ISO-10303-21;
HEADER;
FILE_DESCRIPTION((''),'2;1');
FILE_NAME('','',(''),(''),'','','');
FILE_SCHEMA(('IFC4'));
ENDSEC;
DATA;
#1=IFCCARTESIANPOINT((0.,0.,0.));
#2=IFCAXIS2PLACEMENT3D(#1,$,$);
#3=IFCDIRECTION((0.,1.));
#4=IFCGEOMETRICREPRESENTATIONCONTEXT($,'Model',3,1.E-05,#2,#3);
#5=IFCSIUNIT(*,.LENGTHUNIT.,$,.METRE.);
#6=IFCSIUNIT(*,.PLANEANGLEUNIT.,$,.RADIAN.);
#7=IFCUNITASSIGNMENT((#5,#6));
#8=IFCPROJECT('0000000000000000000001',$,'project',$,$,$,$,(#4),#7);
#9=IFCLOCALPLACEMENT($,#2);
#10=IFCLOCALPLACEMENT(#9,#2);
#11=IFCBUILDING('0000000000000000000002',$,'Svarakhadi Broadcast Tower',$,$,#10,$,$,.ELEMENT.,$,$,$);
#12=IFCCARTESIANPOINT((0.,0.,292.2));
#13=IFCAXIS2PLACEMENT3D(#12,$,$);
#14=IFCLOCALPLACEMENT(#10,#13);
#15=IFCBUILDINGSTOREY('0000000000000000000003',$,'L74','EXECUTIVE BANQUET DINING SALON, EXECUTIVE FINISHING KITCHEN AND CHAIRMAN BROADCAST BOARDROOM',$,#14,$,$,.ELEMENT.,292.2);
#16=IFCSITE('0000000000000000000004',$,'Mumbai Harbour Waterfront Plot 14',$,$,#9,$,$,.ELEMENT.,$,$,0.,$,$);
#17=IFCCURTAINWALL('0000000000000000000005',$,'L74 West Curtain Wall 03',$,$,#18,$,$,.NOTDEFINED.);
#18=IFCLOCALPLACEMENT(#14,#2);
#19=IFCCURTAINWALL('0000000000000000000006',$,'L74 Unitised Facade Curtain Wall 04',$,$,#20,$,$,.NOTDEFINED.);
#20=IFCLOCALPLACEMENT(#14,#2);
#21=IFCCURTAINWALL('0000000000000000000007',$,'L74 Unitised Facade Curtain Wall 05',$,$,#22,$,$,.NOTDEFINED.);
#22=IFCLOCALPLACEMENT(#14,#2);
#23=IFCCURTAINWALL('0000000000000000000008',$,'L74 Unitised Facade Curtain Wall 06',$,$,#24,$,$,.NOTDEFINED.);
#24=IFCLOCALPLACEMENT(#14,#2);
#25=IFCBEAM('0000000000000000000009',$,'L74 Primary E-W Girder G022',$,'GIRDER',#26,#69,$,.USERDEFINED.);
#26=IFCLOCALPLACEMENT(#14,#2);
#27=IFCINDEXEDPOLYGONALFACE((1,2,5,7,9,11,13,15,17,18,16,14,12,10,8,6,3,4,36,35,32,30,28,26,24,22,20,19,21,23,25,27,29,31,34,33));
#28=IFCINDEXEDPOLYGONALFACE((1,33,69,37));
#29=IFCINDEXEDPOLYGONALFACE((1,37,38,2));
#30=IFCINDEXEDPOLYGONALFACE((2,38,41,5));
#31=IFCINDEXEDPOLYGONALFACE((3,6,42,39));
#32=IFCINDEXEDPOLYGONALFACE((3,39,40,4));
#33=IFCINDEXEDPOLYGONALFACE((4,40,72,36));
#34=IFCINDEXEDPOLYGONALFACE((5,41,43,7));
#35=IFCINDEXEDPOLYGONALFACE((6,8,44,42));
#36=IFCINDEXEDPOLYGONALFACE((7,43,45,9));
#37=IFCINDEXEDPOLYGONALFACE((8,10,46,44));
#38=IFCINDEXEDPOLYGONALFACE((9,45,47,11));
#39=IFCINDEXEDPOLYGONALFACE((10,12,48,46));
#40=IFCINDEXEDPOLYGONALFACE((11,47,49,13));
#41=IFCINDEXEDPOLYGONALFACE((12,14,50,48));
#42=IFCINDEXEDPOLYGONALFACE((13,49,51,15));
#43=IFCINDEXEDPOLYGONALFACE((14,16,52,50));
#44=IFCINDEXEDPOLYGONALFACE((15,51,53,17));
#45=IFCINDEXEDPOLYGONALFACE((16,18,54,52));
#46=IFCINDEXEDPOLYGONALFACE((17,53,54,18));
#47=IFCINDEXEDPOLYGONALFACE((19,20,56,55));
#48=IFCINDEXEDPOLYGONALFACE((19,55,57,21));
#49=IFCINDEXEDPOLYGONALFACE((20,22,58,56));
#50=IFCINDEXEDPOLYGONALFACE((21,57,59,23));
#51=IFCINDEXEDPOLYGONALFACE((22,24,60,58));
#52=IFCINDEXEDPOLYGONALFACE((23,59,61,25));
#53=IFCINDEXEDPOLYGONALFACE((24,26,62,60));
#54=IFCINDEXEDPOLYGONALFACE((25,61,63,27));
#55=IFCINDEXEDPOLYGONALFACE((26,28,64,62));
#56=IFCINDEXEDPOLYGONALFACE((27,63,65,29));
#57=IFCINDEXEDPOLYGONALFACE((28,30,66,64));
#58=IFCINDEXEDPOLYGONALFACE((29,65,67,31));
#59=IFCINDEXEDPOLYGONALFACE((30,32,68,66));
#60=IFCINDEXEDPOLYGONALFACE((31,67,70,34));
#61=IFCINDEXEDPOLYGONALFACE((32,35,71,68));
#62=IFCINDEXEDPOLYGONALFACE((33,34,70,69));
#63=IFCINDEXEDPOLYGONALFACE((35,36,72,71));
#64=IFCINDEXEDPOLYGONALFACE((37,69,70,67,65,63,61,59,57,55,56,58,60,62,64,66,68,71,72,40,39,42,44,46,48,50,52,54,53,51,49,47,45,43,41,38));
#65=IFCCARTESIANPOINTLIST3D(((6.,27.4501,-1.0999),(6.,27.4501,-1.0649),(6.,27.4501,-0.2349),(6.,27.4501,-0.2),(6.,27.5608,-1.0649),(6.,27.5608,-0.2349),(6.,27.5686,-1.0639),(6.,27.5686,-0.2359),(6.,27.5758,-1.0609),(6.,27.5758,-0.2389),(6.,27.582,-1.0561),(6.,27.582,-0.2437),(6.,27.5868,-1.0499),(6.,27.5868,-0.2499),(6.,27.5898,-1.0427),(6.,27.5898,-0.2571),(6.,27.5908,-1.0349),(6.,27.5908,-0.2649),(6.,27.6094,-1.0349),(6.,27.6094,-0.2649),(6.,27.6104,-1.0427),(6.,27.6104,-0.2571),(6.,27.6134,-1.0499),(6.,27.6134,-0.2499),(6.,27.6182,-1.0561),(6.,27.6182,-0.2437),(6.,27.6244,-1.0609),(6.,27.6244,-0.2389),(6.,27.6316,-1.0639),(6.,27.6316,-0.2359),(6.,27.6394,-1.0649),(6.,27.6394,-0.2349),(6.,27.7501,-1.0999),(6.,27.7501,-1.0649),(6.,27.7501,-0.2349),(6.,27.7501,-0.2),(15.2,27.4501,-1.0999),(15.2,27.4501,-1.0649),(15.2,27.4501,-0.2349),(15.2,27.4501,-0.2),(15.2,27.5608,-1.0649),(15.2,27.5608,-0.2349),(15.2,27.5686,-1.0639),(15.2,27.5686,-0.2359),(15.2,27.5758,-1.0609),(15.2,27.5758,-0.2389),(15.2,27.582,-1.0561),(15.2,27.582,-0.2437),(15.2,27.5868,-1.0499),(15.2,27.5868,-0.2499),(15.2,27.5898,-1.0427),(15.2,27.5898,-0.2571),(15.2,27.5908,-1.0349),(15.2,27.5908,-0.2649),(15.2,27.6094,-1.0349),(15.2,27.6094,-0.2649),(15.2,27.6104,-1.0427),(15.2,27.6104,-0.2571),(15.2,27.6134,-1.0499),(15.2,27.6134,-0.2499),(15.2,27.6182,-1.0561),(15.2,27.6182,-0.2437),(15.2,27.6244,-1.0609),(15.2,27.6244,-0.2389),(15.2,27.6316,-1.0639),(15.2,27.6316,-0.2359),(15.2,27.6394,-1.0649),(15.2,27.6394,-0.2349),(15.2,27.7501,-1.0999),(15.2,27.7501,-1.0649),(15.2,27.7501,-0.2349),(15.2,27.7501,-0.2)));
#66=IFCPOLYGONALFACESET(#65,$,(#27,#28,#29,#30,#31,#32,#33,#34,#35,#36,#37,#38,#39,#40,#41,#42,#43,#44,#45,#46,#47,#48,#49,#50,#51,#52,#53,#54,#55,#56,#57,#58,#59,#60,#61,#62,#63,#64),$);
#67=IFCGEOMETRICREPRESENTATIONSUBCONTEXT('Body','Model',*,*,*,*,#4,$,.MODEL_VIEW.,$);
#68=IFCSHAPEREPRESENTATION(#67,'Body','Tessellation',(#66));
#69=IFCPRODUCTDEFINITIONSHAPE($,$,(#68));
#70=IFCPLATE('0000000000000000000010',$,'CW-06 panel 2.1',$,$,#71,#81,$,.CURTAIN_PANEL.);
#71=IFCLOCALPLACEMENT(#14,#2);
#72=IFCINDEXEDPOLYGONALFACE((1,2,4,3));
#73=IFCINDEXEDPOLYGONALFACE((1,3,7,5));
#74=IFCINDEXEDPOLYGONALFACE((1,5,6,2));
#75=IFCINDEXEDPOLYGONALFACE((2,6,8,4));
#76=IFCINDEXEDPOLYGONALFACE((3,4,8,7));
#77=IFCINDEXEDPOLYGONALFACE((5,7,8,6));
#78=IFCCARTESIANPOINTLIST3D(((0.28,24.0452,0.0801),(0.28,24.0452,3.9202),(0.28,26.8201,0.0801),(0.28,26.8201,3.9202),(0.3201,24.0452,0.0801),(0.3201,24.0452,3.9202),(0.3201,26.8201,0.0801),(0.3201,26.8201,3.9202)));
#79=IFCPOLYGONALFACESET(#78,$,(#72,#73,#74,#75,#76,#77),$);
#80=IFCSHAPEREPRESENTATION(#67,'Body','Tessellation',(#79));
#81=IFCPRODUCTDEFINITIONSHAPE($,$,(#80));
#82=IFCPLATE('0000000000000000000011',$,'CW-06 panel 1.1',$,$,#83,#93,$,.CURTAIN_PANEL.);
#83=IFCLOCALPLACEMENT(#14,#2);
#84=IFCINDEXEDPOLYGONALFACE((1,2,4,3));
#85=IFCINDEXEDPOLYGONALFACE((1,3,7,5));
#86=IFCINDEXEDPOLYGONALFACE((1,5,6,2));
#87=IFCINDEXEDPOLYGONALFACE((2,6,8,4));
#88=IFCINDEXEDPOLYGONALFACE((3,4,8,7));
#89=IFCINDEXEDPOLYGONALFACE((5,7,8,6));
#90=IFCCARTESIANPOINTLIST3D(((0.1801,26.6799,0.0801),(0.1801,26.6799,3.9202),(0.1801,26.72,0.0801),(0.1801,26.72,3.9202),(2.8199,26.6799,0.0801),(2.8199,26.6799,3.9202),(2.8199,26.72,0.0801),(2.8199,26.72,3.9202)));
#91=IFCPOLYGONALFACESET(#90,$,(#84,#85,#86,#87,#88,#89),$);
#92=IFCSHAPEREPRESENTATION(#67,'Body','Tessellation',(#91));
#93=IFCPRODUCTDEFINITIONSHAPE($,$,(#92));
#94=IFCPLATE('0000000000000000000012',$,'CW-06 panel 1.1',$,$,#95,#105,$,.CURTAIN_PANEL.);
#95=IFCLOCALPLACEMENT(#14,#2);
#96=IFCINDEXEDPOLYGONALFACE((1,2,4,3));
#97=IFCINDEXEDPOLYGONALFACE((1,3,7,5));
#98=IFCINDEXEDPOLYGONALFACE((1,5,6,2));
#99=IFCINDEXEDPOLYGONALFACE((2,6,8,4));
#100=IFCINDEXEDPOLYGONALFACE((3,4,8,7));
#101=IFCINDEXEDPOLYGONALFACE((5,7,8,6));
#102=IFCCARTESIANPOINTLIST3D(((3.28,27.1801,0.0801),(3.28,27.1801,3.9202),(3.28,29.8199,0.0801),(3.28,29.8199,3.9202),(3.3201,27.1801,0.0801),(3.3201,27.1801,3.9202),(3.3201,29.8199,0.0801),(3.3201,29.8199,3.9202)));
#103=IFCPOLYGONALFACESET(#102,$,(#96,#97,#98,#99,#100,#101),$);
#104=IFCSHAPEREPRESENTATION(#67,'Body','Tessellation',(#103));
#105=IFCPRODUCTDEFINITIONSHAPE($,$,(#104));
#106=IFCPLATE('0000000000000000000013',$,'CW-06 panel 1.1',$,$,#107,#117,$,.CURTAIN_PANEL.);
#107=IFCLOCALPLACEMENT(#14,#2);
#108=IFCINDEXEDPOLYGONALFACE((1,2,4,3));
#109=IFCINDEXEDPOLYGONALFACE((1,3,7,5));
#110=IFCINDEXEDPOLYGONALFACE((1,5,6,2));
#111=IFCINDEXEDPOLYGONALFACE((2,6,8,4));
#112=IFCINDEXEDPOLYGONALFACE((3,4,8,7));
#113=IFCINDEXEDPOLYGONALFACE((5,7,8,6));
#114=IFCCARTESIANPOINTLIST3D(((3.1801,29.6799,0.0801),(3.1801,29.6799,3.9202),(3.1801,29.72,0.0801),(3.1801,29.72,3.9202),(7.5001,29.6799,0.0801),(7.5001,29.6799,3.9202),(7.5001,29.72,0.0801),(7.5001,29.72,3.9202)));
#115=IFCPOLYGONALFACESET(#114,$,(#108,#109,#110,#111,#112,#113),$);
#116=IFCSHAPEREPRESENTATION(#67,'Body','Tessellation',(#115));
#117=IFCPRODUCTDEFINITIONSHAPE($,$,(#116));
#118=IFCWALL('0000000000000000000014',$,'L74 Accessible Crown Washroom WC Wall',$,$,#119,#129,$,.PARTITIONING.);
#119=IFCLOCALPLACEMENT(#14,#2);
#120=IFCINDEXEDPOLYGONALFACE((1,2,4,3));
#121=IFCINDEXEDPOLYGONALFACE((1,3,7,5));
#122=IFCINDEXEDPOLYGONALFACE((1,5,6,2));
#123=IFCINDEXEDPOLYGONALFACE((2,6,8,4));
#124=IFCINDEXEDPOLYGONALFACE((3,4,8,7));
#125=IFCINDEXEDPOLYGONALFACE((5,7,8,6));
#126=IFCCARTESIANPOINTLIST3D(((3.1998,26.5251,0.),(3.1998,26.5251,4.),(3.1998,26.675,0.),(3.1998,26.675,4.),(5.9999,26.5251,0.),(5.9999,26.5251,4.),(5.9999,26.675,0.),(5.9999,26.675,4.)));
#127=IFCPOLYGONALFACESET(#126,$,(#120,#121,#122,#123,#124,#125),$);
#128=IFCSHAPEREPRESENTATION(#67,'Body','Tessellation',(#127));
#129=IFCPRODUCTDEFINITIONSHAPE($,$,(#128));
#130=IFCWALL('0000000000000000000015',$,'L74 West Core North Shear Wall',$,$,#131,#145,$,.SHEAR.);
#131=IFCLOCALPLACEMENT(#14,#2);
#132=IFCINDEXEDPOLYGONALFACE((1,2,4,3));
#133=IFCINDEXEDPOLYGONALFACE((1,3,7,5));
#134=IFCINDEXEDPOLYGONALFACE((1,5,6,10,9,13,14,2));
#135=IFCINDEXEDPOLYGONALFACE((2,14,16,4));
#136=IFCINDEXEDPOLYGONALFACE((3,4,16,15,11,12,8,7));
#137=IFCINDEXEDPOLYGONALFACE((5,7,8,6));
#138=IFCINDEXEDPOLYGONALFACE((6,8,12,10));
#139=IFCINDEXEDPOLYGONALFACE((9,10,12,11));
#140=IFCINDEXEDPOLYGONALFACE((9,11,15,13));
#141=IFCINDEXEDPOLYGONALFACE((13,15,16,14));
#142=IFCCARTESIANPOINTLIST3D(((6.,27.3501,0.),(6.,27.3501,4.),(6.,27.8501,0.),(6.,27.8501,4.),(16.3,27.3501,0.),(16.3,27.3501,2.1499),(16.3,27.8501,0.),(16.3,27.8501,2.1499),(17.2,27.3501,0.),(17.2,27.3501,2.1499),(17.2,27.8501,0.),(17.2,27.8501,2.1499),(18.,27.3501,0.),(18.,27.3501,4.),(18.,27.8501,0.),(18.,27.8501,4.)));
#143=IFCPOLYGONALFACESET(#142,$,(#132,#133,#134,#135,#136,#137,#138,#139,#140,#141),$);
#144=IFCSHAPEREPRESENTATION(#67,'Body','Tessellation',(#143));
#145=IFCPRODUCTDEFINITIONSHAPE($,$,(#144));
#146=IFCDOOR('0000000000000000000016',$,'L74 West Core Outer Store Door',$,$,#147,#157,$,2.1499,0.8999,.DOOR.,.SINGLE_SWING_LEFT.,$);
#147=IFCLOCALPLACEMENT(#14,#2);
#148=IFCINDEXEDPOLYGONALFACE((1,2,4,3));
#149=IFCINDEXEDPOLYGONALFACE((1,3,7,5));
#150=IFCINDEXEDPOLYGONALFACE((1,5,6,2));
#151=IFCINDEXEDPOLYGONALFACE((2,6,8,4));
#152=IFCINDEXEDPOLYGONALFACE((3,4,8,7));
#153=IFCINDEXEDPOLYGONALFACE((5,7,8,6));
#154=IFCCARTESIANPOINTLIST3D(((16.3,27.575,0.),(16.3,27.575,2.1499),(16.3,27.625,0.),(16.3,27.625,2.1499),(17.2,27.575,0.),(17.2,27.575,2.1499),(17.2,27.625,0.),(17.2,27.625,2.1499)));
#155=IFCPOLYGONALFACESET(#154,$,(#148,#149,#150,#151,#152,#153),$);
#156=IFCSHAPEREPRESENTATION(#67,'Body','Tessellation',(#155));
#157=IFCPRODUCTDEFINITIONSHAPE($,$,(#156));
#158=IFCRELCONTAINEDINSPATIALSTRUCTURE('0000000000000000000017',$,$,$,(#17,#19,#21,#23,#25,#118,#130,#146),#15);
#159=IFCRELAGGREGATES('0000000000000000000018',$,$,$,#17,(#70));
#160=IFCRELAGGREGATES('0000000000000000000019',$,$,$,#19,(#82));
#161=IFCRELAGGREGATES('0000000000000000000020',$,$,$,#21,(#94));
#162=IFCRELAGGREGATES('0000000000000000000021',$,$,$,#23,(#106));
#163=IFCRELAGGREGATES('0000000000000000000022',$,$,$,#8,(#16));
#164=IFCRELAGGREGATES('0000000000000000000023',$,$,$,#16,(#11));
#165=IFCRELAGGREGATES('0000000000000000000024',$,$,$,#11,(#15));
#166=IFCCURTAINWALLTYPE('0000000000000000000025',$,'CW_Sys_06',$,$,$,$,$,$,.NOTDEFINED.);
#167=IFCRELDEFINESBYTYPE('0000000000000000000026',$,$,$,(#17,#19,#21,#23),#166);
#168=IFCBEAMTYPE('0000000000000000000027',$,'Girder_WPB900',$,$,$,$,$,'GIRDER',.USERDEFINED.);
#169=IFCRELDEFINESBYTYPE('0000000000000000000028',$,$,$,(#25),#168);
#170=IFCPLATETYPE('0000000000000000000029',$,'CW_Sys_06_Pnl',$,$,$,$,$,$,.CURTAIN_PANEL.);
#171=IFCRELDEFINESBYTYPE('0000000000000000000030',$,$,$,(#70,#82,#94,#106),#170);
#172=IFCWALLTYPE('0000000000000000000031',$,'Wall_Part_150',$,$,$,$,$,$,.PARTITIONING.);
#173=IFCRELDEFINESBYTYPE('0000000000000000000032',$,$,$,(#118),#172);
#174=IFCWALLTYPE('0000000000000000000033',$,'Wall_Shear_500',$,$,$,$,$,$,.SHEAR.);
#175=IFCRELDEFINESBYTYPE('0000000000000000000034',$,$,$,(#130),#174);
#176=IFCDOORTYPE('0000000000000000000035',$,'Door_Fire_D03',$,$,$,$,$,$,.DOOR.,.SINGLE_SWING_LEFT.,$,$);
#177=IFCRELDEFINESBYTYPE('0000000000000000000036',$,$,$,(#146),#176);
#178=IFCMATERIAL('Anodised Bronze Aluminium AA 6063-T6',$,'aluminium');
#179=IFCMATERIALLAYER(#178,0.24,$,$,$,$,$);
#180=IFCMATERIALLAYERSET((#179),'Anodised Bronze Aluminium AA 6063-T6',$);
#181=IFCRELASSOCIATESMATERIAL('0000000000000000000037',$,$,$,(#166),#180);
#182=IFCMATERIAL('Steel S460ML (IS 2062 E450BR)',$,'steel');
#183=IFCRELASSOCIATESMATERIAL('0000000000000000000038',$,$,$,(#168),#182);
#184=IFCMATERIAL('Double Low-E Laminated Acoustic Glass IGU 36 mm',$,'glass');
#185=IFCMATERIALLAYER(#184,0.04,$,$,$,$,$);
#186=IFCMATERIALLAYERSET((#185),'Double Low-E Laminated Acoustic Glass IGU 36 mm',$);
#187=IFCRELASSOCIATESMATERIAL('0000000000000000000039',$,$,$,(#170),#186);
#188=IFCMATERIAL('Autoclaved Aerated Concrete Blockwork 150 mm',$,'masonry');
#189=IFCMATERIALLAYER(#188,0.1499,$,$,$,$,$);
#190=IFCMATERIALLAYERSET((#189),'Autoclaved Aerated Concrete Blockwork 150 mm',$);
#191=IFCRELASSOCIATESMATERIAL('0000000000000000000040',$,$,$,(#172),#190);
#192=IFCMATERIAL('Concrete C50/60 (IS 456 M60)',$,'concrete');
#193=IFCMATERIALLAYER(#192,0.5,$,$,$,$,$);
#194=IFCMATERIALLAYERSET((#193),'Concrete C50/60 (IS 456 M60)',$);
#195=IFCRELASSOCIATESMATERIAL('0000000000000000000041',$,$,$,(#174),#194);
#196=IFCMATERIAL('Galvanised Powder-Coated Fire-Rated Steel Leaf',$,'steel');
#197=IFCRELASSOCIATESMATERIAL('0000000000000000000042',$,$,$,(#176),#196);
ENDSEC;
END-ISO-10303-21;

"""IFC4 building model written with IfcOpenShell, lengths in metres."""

from ifc_helpers import new_model, si_unit, direction, frame, frame_2d, origin, origin_2d, place, context, subcontext, project, spatial, rectangle, i_section, extrude, material, layer, layer_set, material_profile, profile_set, type_object, element, fill, aggregate, save


model = new_model("IFC4")

# Units and contexts
model_context = context("Model", 3, precision=1e-05, world=origin(), true_north=direction((0.0, 1.0)))
body_context = subcontext(model_context, "Body", "Model", "MODEL_VIEW")
ifc_project = project(units=[si_unit("LENGTHUNIT", "METRE"), si_unit("PLANEANGLEUNIT", "RADIAN")], contexts=[model_context])

# Site, building, storey
site_placement = place(None, origin())
site = spatial("IfcSite", under=ifc_project, at=site_placement, Name="Mumbai Harbour Waterfront Plot 14", CompositionType="ELEMENT", RefElevation=0.0)
building_placement = place(site_placement, origin())
building = spatial("IfcBuilding", under=site, at=building_placement, Name="Svarakhadi Broadcast Tower", CompositionType="ELEMENT")
storey_placement = place(building_placement, frame((0.0, 0.0, 292.2)))
storey = spatial("IfcBuildingStorey", under=building, at=storey_placement, Name="L74", Description="EXECUTIVE BANQUET DINING SALON, EXECUTIVE FINISHING KITCHEN AND CHAIRMAN BROADCAST BOARDROOM", CompositionType="ELEMENT", Elevation=292.2)

# Shared definitions
ifc_material_1 = material(Name="Concrete C50/60 (IS 456 M60)", Category="concrete")
ifc_material_2 = material(Name="Steel S460ML (IS 2062 E450BR)", Category="steel")

# Curtain wall
ifc_material_3 = material(Name="Anodised Bronze Aluminium AA 6063-T6", Category="aluminium")
ifc_layer_1 = layer(ifc_material_3, 0.24)
ifc_layer_set_1 = layer_set([ifc_layer_1], Name="Anodised Bronze Aluminium AA 6063-T6")
curtain_wall_type = type_object("IfcCurtainWallType", Name="CW_Sys_06", PredefinedType="NOTDEFINED", material=ifc_layer_set_1)
curtain_wall_1_placement = place(storey_placement, origin())
curtain_wall_1 = element("IfcCurtainWall", 1, at=curtain_wall_1_placement, inside=storey, type_object=curtain_wall_type, Name="L74 West Curtain Wall 03", PredefinedType="NOTDEFINED")

# Curtain walls
curtain_wall_2_placement = place(storey_placement, origin())
curtain_wall_2 = element("IfcCurtainWall", 2, at=curtain_wall_2_placement, inside=storey, type_object=curtain_wall_type, Name="L74 Unitised Facade Curtain Wall 04", PredefinedType="NOTDEFINED")
curtain_wall_3_placement = place(storey_placement, origin())
curtain_wall_3 = element("IfcCurtainWall", 3, at=curtain_wall_3_placement, inside=storey, type_object=curtain_wall_type, Name="L74 Unitised Facade Curtain Wall 05", PredefinedType="NOTDEFINED")

# Curtain wall
curtain_wall_4_placement = place(storey_placement, origin())
curtain_wall_4 = element("IfcCurtainWall", 4, at=curtain_wall_4_placement, inside=storey, type_object=curtain_wall_type, Name="L74 Unitised Facade Curtain Wall 06", PredefinedType="NOTDEFINED")

# Beam
ifc_material_profile_1 = material_profile(ifc_material_2, i_section(OverallWidth=0.3, OverallDepth=0.8999, WebThickness=0.0186, FlangeThickness=0.0349, FilletRadius=0.03, at=origin_2d()), Name="WPB 900x300x291")
ifc_profile_set_1 = profile_set([ifc_material_profile_1], Name="Steel S460ML (IS 2062 E450BR)")
beam_type_1 = type_object("IfcBeamType", Name="Girder_WPB900", ElementType="GIRDER", PredefinedType="USERDEFINED", material=ifc_profile_set_1)
beam_1_placement = place(storey_placement, frame((6.0, 27.6001, -0.6499), z_axis=(1.0, 0.0, 0.0), x_axis=(0.0, 1.0, 0.0)))
element("IfcBeam", 5, at=beam_1_placement, inside=storey, type_object=beam_type_1, Name="L74 Primary E-W Girder G022", ObjectType="GIRDER", PredefinedType="USERDEFINED", context=body_context, shape_type="SweptSolid", body=[
    extrude(i_section(OverallWidth=0.3, OverallDepth=0.8999, WebThickness=0.0186, FlangeThickness=0.0349, FilletRadius=0.03, at=origin_2d()), origin(), (0.0, 0.0, 1.0), 9.2),
])

# Plates
ifc_material_4 = material(Name="Double Low-E Laminated Acoustic Glass IGU 36 mm", Category="glass")
ifc_layer_2 = layer(ifc_material_4, 0.04)
ifc_layer_set_2 = layer_set([ifc_layer_2], Name="Double Low-E Laminated Acoustic Glass IGU 36 mm")
plate_type = type_object("IfcPlateType", Name="CW_Sys_06_Pnl", PredefinedType="CURTAIN_PANEL", material=ifc_layer_set_2)
plate_1_placement = place(storey_placement, frame((0.3, 25.4326, 0.0801), z_axis=(0.0, 0.0, 1.0), x_axis=(0.0, 1.0, 0.0)))
plate_1 = element("IfcPlate", 6, at=plate_1_placement, type_object=plate_type, Name="CW-06 panel 2.1", PredefinedType="CURTAIN_PANEL", context=body_context, shape_type="SweptSolid", body=[
    extrude(rectangle(XDim=2.7749, YDim=0.04, at=origin_2d()), origin(), (0.0, 0.0, 1.0), 3.8401),
])
aggregate(curtain_wall_1, [plate_1])
plate_2_placement = place(storey_placement, frame((1.5, 26.7, 0.0801), z_axis=(0.0, 0.0, 1.0), x_axis=(1.0, 0.0, 0.0)))
plate_2 = element("IfcPlate", 7, at=plate_2_placement, type_object=plate_type, Name="CW-06 panel 1.1", PredefinedType="CURTAIN_PANEL", context=body_context, shape_type="SweptSolid", body=[
    extrude(rectangle(XDim=2.6399, YDim=0.04, at=origin_2d()), origin(), (0.0, 0.0, 1.0), 3.8401),
])
aggregate(curtain_wall_2, [plate_2])
plate_3_placement = place(storey_placement, frame((3.3, 28.5, 0.0801), z_axis=(0.0, 0.0, 1.0), x_axis=(0.0, 1.0, 0.0)))
plate_3 = element("IfcPlate", 8, at=plate_3_placement, type_object=plate_type, Name="CW-06 panel 1.1", PredefinedType="CURTAIN_PANEL", context=body_context, shape_type="SweptSolid", body=[
    extrude(rectangle(XDim=2.6399, YDim=0.04, at=origin_2d()), origin(), (0.0, 0.0, 1.0), 3.8401),
])
aggregate(curtain_wall_3, [plate_3])
plate_4_placement = place(storey_placement, frame((5.3401, 29.7, 0.0801), z_axis=(0.0, 0.0, 1.0), x_axis=(1.0, 0.0, 0.0)))
plate_4 = element("IfcPlate", 9, at=plate_4_placement, type_object=plate_type, Name="CW-06 panel 1.1", PredefinedType="CURTAIN_PANEL", context=body_context, shape_type="SweptSolid", body=[
    extrude(rectangle(XDim=4.3201, YDim=0.04, at=origin_2d()), origin(), (0.0, 0.0, 1.0), 3.8401),
])
aggregate(curtain_wall_4, [plate_4])

# Wall
ifc_material_5 = material(Name="Autoclaved Aerated Concrete Blockwork 150 mm", Category="masonry")
ifc_layer_3 = layer(ifc_material_5, 0.1499)
ifc_layer_set_3 = layer_set([ifc_layer_3], Name="Autoclaved Aerated Concrete Blockwork 150 mm")
wall_type_1 = type_object("IfcWallType", Name="Wall_Part_150", PredefinedType="PARTITIONING", material=ifc_layer_set_3)
wall_1_placement = place(storey_placement, frame((3.2, 26.6001, 0.0), z_axis=(0.0, 0.0, 1.0), x_axis=(1.0, 0.0, 0.0)))
element("IfcWall", 10, at=wall_1_placement, inside=storey, type_object=wall_type_1, Name="L74 Accessible Crown Washroom WC Wall", PredefinedType="PARTITIONING", context=body_context, shape_type="SweptSolid", body=[
    extrude(rectangle(XDim=2.8, YDim=0.1499, at=frame_2d((1.3999, 0.0))), origin(), (0.0, 0.0, 1.0), 4.0),
])

# Wall, opening, door
ifc_layer_4 = layer(ifc_material_1, 0.5)
ifc_layer_set_4 = layer_set([ifc_layer_4], Name="Concrete C50/60 (IS 456 M60)")
wall_type_2 = type_object("IfcWallType", Name="Wall_Shear_500", PredefinedType="SHEAR", material=ifc_layer_set_4)
wall_2_placement = place(storey_placement, frame((6.0, 27.6001, 0.0), z_axis=(0.0, 0.0, 1.0), x_axis=(1.0, 0.0, 0.0)))
wall_2 = element("IfcWall", 11, at=wall_2_placement, inside=storey, type_object=wall_type_2, Name="L74 West Core North Shear Wall", PredefinedType="SHEAR", context=body_context, shape_type="SweptSolid", body=[
    extrude(rectangle(XDim=12.0, YDim=0.5, at=frame_2d((6.0, 0.0))), origin(), (0.0, 0.0, 1.0), 4.0),
])
opening_placement = place(wall_2_placement, frame((10.3, 0.0, 0.0)))
opening = element("IfcOpeningElement", 12, at=opening_placement, cuts=wall_2, PredefinedType="OPENING", context=body_context, shape_type="SweptSolid", body=[
    extrude(rectangle(XDim=0.8999, YDim=2.1499, at=frame_2d((0.45, 1.075))), frame((0.0, 0.26, 0.0), z_axis=(0.0, -1.0, 0.0), x_axis=(1.0, 0.0, 0.0)), (0.0, 0.0, 1.0), 0.52),
])
ifc_material_6 = material(Name="Galvanised Powder-Coated Fire-Rated Steel Leaf", Category="steel")
door_type = type_object("IfcDoorType", Name="Door_Fire_D03", OperationType="SINGLE_SWING_LEFT", PredefinedType="DOOR", material=ifc_material_6)
door_placement = place(opening_placement, origin())
door = element("IfcDoor", 13, at=door_placement, inside=storey, type_object=door_type, Name="L74 West Core Outer Store Door", OperationType="SINGLE_SWING_LEFT", OverallHeight=2.1499, OverallWidth=0.8999, PredefinedType="DOOR", context=body_context, shape_type="SweptSolid", body=[
    extrude(rectangle(XDim=0.8999, YDim=2.1499, at=frame_2d((0.45, 1.075))), frame((0.0, 0.0249, 0.0), z_axis=(0.0, -1.0, 0.0), x_axis=(1.0, 0.0, 0.0)), (0.0, 0.0, 1.0), 0.05),
])
fill(opening, door)

save(model, "model.ifc")
